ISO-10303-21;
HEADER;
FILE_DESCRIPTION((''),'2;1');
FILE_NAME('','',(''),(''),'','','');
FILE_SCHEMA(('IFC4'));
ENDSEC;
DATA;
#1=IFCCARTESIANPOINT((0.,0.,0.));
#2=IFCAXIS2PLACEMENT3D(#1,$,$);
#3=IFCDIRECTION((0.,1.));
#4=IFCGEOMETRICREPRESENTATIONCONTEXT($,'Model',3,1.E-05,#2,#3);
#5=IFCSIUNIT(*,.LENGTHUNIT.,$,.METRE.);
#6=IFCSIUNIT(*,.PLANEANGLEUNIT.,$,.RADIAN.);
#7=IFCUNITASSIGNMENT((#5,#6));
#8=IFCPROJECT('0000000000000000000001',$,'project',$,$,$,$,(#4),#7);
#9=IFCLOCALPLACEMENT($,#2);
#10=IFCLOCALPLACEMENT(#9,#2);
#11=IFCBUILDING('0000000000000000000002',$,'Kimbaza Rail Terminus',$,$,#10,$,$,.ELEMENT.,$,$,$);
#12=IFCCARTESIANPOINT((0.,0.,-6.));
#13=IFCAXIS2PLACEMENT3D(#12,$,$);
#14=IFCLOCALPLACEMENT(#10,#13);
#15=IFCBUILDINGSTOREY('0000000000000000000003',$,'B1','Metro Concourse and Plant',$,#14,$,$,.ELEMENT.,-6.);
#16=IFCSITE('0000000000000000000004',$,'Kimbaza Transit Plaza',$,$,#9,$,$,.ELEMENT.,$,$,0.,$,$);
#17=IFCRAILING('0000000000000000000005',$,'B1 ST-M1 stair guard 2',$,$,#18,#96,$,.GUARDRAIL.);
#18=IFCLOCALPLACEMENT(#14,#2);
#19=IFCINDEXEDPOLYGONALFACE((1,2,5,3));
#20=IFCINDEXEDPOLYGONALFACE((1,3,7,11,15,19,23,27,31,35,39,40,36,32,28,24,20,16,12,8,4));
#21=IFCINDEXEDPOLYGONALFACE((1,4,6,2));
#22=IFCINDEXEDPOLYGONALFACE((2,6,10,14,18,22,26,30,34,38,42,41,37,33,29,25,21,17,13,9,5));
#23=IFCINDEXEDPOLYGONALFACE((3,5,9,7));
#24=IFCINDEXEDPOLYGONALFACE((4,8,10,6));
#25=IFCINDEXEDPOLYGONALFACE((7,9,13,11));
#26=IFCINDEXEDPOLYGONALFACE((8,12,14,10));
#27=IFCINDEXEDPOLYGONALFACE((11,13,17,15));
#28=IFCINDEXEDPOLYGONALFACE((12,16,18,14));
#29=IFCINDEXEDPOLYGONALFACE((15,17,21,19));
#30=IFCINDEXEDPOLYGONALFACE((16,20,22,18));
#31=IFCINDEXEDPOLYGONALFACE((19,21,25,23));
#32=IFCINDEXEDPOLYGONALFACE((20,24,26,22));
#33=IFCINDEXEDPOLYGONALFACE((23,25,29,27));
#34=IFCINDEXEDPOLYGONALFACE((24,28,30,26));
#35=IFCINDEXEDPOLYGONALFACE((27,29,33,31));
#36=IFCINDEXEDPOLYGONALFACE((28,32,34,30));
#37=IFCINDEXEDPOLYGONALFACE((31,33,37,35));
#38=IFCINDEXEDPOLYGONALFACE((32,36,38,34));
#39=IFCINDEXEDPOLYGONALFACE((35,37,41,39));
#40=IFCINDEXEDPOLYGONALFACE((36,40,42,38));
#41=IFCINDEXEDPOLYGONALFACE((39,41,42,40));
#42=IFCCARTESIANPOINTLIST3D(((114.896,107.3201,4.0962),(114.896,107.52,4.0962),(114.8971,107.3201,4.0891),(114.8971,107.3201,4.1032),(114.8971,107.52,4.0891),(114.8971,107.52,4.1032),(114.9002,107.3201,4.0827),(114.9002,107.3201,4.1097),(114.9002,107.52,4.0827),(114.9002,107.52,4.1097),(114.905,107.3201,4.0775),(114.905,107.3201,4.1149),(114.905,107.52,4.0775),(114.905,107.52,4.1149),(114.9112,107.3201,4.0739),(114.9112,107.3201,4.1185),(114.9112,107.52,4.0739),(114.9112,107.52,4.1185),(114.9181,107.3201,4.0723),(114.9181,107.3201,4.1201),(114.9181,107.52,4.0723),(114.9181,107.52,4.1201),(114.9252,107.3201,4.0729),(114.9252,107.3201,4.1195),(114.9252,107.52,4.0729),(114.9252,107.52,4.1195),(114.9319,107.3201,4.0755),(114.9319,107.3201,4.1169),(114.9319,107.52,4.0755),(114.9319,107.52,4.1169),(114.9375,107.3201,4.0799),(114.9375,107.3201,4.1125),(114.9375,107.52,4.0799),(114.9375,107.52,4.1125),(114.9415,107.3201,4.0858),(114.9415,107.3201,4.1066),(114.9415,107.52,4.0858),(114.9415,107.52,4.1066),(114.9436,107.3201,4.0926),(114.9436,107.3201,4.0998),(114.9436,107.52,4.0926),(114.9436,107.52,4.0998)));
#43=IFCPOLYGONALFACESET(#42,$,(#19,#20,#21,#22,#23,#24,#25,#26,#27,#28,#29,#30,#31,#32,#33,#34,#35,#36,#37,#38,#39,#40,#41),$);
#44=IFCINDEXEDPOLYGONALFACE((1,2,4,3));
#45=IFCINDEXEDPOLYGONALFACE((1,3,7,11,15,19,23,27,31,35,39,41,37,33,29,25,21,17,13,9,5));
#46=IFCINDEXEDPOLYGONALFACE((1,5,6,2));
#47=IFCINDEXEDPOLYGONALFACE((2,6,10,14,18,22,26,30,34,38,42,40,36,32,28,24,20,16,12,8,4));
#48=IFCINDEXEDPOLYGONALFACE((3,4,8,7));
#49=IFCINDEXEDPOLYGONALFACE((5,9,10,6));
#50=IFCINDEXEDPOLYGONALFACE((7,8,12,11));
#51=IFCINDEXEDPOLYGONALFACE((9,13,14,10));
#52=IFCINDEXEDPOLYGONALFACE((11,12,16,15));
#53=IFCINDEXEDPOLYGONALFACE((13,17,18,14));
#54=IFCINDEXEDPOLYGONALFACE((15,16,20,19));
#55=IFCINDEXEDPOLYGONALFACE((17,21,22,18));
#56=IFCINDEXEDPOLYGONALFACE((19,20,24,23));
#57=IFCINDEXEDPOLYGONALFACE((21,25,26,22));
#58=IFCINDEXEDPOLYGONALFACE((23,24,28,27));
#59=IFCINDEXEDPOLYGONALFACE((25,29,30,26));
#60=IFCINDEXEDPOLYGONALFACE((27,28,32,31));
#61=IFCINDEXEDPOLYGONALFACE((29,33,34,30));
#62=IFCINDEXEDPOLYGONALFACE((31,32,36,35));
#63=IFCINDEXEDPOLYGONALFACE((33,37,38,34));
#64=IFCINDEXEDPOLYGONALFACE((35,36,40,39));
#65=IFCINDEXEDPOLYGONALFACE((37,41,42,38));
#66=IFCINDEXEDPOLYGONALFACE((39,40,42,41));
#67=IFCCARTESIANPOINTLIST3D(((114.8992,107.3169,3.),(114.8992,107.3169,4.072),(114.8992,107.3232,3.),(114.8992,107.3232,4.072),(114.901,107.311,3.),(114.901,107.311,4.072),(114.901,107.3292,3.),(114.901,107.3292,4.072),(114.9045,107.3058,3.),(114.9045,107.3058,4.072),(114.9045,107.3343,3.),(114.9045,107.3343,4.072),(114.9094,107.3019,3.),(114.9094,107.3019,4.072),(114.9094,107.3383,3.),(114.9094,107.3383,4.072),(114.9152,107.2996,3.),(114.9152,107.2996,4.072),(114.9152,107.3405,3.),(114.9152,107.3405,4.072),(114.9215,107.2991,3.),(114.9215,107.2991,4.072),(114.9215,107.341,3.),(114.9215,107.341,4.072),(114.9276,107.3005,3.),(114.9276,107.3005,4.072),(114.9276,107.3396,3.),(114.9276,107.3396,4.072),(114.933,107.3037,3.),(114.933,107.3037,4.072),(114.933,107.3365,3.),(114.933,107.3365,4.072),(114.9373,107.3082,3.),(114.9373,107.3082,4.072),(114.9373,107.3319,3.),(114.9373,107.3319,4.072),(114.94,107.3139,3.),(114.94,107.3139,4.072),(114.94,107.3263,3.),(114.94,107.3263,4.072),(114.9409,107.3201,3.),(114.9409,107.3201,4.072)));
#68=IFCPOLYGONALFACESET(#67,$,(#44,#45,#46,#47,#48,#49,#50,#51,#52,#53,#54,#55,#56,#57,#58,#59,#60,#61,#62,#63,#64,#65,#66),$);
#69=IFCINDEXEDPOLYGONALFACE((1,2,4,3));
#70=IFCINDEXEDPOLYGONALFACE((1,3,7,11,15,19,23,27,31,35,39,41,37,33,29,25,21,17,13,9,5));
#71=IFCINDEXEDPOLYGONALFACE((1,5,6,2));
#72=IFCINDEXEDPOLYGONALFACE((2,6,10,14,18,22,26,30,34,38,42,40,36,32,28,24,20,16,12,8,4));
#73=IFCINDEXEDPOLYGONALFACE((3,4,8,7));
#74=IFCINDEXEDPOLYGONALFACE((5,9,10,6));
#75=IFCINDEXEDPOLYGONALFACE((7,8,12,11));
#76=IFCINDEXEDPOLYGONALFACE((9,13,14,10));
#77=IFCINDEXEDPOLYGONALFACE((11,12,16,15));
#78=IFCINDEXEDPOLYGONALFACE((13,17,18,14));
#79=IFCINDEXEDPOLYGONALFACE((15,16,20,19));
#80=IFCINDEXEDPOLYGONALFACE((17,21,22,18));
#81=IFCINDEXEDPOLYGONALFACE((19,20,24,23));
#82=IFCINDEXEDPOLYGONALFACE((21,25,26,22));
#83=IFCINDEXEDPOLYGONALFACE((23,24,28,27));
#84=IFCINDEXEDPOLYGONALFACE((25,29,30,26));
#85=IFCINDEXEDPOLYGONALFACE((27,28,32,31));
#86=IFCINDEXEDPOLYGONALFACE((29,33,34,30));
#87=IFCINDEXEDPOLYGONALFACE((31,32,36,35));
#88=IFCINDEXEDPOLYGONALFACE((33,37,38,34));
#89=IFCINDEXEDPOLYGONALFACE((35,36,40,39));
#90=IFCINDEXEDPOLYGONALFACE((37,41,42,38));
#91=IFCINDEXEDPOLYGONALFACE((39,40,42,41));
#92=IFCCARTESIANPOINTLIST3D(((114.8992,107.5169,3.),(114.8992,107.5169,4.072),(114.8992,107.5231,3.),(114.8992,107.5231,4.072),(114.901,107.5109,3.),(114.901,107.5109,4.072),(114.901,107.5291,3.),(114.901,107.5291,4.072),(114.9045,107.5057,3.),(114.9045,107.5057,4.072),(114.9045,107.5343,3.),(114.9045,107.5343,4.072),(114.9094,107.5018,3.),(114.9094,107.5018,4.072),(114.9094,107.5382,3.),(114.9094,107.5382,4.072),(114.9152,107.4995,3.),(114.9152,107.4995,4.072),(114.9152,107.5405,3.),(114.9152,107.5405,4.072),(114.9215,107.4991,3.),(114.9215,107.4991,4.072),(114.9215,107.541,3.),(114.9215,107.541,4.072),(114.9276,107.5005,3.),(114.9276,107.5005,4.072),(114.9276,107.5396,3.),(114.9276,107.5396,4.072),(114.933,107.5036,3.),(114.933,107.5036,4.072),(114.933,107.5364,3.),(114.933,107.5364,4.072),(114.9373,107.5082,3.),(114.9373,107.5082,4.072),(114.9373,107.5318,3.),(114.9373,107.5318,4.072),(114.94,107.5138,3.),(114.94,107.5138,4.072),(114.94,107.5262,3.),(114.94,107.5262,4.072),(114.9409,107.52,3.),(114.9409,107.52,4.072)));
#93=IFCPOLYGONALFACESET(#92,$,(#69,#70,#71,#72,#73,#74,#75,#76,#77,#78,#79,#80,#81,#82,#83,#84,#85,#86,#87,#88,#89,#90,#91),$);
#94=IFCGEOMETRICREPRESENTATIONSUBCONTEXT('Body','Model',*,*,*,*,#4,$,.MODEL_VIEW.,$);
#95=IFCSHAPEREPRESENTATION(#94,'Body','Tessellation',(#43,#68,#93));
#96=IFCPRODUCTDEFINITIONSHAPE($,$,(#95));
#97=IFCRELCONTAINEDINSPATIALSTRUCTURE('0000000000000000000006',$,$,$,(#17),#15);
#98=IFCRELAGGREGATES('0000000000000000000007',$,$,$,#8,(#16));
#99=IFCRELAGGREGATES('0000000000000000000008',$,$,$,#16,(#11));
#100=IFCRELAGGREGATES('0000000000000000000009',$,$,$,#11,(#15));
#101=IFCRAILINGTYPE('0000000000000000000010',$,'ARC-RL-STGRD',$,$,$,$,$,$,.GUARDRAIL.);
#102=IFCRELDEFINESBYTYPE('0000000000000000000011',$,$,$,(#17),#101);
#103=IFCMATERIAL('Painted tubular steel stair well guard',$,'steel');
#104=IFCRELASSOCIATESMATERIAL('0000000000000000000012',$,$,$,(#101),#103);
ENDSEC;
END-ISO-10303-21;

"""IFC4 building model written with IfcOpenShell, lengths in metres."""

from ifc_helpers import new_model, si_unit, direction, frame, origin, origin_2d, place, context, subcontext, project, spatial, circle, extrude, material, type_object, element, save


model = new_model("IFC4")

# Units and contexts
model_context = context("Model", 3, precision=1e-05, world=origin(), true_north=direction((0.0, 1.0)))
body_context = subcontext(model_context, "Body", "Model", "MODEL_VIEW")
ifc_project = project(units=[si_unit("LENGTHUNIT", "METRE"), si_unit("PLANEANGLEUNIT", "RADIAN")], contexts=[model_context])

# Site, building, storey
site_placement = place(None, origin())
site = spatial("IfcSite", under=ifc_project, at=site_placement, Name="Kimbaza Transit Plaza", CompositionType="ELEMENT", RefElevation=0.0)
building_placement = place(site_placement, origin())
building = spatial("IfcBuilding", under=site, at=building_placement, Name="Kimbaza Rail Terminus", CompositionType="ELEMENT")
storey_placement = place(building_placement, frame((0.0, 0.0, -6.0)))
storey = spatial("IfcBuildingStorey", under=building, at=storey_placement, Name="B1", Description="Metro Concourse and Plant", CompositionType="ELEMENT", Elevation=-6.0)

# Railing
ifc_material_1 = material(Name="Painted tubular steel stair well guard", Category="steel")
railing_type_1 = type_object("IfcRailingType", Name="ARC-RL-STGRD", PredefinedType="GUARDRAIL", material=ifc_material_1)
railing_1_placement = place(storey_placement, frame((114.9199, 107.3201, 3.0)))
element("IfcRailing", 1, at=railing_1_placement, inside=storey, type_object=railing_type_1, Name="B1 ST-M1 stair guard 2", PredefinedType="GUARDRAIL", context=body_context, shape_type="SweptSolid", body=[
    extrude(circle(Radius=0.0239, at=origin_2d()), frame((0.0, 0.0, 1.0962), z_axis=(0.0, 1.0, 0.0), x_axis=(-1.0, 0.0, 0.0)), (0.0, 0.0, 1.0), 0.2),
    extrude(circle(Radius=0.021, at=origin_2d()), origin(), (0.0, 0.0, 1.0), 1.072),
    extrude(circle(Radius=0.021, at=origin_2d()), frame((0.0, 0.2, 0.0)), (0.0, 0.0, 1.0), 1.072),
])

save(model, "model.ifc")
